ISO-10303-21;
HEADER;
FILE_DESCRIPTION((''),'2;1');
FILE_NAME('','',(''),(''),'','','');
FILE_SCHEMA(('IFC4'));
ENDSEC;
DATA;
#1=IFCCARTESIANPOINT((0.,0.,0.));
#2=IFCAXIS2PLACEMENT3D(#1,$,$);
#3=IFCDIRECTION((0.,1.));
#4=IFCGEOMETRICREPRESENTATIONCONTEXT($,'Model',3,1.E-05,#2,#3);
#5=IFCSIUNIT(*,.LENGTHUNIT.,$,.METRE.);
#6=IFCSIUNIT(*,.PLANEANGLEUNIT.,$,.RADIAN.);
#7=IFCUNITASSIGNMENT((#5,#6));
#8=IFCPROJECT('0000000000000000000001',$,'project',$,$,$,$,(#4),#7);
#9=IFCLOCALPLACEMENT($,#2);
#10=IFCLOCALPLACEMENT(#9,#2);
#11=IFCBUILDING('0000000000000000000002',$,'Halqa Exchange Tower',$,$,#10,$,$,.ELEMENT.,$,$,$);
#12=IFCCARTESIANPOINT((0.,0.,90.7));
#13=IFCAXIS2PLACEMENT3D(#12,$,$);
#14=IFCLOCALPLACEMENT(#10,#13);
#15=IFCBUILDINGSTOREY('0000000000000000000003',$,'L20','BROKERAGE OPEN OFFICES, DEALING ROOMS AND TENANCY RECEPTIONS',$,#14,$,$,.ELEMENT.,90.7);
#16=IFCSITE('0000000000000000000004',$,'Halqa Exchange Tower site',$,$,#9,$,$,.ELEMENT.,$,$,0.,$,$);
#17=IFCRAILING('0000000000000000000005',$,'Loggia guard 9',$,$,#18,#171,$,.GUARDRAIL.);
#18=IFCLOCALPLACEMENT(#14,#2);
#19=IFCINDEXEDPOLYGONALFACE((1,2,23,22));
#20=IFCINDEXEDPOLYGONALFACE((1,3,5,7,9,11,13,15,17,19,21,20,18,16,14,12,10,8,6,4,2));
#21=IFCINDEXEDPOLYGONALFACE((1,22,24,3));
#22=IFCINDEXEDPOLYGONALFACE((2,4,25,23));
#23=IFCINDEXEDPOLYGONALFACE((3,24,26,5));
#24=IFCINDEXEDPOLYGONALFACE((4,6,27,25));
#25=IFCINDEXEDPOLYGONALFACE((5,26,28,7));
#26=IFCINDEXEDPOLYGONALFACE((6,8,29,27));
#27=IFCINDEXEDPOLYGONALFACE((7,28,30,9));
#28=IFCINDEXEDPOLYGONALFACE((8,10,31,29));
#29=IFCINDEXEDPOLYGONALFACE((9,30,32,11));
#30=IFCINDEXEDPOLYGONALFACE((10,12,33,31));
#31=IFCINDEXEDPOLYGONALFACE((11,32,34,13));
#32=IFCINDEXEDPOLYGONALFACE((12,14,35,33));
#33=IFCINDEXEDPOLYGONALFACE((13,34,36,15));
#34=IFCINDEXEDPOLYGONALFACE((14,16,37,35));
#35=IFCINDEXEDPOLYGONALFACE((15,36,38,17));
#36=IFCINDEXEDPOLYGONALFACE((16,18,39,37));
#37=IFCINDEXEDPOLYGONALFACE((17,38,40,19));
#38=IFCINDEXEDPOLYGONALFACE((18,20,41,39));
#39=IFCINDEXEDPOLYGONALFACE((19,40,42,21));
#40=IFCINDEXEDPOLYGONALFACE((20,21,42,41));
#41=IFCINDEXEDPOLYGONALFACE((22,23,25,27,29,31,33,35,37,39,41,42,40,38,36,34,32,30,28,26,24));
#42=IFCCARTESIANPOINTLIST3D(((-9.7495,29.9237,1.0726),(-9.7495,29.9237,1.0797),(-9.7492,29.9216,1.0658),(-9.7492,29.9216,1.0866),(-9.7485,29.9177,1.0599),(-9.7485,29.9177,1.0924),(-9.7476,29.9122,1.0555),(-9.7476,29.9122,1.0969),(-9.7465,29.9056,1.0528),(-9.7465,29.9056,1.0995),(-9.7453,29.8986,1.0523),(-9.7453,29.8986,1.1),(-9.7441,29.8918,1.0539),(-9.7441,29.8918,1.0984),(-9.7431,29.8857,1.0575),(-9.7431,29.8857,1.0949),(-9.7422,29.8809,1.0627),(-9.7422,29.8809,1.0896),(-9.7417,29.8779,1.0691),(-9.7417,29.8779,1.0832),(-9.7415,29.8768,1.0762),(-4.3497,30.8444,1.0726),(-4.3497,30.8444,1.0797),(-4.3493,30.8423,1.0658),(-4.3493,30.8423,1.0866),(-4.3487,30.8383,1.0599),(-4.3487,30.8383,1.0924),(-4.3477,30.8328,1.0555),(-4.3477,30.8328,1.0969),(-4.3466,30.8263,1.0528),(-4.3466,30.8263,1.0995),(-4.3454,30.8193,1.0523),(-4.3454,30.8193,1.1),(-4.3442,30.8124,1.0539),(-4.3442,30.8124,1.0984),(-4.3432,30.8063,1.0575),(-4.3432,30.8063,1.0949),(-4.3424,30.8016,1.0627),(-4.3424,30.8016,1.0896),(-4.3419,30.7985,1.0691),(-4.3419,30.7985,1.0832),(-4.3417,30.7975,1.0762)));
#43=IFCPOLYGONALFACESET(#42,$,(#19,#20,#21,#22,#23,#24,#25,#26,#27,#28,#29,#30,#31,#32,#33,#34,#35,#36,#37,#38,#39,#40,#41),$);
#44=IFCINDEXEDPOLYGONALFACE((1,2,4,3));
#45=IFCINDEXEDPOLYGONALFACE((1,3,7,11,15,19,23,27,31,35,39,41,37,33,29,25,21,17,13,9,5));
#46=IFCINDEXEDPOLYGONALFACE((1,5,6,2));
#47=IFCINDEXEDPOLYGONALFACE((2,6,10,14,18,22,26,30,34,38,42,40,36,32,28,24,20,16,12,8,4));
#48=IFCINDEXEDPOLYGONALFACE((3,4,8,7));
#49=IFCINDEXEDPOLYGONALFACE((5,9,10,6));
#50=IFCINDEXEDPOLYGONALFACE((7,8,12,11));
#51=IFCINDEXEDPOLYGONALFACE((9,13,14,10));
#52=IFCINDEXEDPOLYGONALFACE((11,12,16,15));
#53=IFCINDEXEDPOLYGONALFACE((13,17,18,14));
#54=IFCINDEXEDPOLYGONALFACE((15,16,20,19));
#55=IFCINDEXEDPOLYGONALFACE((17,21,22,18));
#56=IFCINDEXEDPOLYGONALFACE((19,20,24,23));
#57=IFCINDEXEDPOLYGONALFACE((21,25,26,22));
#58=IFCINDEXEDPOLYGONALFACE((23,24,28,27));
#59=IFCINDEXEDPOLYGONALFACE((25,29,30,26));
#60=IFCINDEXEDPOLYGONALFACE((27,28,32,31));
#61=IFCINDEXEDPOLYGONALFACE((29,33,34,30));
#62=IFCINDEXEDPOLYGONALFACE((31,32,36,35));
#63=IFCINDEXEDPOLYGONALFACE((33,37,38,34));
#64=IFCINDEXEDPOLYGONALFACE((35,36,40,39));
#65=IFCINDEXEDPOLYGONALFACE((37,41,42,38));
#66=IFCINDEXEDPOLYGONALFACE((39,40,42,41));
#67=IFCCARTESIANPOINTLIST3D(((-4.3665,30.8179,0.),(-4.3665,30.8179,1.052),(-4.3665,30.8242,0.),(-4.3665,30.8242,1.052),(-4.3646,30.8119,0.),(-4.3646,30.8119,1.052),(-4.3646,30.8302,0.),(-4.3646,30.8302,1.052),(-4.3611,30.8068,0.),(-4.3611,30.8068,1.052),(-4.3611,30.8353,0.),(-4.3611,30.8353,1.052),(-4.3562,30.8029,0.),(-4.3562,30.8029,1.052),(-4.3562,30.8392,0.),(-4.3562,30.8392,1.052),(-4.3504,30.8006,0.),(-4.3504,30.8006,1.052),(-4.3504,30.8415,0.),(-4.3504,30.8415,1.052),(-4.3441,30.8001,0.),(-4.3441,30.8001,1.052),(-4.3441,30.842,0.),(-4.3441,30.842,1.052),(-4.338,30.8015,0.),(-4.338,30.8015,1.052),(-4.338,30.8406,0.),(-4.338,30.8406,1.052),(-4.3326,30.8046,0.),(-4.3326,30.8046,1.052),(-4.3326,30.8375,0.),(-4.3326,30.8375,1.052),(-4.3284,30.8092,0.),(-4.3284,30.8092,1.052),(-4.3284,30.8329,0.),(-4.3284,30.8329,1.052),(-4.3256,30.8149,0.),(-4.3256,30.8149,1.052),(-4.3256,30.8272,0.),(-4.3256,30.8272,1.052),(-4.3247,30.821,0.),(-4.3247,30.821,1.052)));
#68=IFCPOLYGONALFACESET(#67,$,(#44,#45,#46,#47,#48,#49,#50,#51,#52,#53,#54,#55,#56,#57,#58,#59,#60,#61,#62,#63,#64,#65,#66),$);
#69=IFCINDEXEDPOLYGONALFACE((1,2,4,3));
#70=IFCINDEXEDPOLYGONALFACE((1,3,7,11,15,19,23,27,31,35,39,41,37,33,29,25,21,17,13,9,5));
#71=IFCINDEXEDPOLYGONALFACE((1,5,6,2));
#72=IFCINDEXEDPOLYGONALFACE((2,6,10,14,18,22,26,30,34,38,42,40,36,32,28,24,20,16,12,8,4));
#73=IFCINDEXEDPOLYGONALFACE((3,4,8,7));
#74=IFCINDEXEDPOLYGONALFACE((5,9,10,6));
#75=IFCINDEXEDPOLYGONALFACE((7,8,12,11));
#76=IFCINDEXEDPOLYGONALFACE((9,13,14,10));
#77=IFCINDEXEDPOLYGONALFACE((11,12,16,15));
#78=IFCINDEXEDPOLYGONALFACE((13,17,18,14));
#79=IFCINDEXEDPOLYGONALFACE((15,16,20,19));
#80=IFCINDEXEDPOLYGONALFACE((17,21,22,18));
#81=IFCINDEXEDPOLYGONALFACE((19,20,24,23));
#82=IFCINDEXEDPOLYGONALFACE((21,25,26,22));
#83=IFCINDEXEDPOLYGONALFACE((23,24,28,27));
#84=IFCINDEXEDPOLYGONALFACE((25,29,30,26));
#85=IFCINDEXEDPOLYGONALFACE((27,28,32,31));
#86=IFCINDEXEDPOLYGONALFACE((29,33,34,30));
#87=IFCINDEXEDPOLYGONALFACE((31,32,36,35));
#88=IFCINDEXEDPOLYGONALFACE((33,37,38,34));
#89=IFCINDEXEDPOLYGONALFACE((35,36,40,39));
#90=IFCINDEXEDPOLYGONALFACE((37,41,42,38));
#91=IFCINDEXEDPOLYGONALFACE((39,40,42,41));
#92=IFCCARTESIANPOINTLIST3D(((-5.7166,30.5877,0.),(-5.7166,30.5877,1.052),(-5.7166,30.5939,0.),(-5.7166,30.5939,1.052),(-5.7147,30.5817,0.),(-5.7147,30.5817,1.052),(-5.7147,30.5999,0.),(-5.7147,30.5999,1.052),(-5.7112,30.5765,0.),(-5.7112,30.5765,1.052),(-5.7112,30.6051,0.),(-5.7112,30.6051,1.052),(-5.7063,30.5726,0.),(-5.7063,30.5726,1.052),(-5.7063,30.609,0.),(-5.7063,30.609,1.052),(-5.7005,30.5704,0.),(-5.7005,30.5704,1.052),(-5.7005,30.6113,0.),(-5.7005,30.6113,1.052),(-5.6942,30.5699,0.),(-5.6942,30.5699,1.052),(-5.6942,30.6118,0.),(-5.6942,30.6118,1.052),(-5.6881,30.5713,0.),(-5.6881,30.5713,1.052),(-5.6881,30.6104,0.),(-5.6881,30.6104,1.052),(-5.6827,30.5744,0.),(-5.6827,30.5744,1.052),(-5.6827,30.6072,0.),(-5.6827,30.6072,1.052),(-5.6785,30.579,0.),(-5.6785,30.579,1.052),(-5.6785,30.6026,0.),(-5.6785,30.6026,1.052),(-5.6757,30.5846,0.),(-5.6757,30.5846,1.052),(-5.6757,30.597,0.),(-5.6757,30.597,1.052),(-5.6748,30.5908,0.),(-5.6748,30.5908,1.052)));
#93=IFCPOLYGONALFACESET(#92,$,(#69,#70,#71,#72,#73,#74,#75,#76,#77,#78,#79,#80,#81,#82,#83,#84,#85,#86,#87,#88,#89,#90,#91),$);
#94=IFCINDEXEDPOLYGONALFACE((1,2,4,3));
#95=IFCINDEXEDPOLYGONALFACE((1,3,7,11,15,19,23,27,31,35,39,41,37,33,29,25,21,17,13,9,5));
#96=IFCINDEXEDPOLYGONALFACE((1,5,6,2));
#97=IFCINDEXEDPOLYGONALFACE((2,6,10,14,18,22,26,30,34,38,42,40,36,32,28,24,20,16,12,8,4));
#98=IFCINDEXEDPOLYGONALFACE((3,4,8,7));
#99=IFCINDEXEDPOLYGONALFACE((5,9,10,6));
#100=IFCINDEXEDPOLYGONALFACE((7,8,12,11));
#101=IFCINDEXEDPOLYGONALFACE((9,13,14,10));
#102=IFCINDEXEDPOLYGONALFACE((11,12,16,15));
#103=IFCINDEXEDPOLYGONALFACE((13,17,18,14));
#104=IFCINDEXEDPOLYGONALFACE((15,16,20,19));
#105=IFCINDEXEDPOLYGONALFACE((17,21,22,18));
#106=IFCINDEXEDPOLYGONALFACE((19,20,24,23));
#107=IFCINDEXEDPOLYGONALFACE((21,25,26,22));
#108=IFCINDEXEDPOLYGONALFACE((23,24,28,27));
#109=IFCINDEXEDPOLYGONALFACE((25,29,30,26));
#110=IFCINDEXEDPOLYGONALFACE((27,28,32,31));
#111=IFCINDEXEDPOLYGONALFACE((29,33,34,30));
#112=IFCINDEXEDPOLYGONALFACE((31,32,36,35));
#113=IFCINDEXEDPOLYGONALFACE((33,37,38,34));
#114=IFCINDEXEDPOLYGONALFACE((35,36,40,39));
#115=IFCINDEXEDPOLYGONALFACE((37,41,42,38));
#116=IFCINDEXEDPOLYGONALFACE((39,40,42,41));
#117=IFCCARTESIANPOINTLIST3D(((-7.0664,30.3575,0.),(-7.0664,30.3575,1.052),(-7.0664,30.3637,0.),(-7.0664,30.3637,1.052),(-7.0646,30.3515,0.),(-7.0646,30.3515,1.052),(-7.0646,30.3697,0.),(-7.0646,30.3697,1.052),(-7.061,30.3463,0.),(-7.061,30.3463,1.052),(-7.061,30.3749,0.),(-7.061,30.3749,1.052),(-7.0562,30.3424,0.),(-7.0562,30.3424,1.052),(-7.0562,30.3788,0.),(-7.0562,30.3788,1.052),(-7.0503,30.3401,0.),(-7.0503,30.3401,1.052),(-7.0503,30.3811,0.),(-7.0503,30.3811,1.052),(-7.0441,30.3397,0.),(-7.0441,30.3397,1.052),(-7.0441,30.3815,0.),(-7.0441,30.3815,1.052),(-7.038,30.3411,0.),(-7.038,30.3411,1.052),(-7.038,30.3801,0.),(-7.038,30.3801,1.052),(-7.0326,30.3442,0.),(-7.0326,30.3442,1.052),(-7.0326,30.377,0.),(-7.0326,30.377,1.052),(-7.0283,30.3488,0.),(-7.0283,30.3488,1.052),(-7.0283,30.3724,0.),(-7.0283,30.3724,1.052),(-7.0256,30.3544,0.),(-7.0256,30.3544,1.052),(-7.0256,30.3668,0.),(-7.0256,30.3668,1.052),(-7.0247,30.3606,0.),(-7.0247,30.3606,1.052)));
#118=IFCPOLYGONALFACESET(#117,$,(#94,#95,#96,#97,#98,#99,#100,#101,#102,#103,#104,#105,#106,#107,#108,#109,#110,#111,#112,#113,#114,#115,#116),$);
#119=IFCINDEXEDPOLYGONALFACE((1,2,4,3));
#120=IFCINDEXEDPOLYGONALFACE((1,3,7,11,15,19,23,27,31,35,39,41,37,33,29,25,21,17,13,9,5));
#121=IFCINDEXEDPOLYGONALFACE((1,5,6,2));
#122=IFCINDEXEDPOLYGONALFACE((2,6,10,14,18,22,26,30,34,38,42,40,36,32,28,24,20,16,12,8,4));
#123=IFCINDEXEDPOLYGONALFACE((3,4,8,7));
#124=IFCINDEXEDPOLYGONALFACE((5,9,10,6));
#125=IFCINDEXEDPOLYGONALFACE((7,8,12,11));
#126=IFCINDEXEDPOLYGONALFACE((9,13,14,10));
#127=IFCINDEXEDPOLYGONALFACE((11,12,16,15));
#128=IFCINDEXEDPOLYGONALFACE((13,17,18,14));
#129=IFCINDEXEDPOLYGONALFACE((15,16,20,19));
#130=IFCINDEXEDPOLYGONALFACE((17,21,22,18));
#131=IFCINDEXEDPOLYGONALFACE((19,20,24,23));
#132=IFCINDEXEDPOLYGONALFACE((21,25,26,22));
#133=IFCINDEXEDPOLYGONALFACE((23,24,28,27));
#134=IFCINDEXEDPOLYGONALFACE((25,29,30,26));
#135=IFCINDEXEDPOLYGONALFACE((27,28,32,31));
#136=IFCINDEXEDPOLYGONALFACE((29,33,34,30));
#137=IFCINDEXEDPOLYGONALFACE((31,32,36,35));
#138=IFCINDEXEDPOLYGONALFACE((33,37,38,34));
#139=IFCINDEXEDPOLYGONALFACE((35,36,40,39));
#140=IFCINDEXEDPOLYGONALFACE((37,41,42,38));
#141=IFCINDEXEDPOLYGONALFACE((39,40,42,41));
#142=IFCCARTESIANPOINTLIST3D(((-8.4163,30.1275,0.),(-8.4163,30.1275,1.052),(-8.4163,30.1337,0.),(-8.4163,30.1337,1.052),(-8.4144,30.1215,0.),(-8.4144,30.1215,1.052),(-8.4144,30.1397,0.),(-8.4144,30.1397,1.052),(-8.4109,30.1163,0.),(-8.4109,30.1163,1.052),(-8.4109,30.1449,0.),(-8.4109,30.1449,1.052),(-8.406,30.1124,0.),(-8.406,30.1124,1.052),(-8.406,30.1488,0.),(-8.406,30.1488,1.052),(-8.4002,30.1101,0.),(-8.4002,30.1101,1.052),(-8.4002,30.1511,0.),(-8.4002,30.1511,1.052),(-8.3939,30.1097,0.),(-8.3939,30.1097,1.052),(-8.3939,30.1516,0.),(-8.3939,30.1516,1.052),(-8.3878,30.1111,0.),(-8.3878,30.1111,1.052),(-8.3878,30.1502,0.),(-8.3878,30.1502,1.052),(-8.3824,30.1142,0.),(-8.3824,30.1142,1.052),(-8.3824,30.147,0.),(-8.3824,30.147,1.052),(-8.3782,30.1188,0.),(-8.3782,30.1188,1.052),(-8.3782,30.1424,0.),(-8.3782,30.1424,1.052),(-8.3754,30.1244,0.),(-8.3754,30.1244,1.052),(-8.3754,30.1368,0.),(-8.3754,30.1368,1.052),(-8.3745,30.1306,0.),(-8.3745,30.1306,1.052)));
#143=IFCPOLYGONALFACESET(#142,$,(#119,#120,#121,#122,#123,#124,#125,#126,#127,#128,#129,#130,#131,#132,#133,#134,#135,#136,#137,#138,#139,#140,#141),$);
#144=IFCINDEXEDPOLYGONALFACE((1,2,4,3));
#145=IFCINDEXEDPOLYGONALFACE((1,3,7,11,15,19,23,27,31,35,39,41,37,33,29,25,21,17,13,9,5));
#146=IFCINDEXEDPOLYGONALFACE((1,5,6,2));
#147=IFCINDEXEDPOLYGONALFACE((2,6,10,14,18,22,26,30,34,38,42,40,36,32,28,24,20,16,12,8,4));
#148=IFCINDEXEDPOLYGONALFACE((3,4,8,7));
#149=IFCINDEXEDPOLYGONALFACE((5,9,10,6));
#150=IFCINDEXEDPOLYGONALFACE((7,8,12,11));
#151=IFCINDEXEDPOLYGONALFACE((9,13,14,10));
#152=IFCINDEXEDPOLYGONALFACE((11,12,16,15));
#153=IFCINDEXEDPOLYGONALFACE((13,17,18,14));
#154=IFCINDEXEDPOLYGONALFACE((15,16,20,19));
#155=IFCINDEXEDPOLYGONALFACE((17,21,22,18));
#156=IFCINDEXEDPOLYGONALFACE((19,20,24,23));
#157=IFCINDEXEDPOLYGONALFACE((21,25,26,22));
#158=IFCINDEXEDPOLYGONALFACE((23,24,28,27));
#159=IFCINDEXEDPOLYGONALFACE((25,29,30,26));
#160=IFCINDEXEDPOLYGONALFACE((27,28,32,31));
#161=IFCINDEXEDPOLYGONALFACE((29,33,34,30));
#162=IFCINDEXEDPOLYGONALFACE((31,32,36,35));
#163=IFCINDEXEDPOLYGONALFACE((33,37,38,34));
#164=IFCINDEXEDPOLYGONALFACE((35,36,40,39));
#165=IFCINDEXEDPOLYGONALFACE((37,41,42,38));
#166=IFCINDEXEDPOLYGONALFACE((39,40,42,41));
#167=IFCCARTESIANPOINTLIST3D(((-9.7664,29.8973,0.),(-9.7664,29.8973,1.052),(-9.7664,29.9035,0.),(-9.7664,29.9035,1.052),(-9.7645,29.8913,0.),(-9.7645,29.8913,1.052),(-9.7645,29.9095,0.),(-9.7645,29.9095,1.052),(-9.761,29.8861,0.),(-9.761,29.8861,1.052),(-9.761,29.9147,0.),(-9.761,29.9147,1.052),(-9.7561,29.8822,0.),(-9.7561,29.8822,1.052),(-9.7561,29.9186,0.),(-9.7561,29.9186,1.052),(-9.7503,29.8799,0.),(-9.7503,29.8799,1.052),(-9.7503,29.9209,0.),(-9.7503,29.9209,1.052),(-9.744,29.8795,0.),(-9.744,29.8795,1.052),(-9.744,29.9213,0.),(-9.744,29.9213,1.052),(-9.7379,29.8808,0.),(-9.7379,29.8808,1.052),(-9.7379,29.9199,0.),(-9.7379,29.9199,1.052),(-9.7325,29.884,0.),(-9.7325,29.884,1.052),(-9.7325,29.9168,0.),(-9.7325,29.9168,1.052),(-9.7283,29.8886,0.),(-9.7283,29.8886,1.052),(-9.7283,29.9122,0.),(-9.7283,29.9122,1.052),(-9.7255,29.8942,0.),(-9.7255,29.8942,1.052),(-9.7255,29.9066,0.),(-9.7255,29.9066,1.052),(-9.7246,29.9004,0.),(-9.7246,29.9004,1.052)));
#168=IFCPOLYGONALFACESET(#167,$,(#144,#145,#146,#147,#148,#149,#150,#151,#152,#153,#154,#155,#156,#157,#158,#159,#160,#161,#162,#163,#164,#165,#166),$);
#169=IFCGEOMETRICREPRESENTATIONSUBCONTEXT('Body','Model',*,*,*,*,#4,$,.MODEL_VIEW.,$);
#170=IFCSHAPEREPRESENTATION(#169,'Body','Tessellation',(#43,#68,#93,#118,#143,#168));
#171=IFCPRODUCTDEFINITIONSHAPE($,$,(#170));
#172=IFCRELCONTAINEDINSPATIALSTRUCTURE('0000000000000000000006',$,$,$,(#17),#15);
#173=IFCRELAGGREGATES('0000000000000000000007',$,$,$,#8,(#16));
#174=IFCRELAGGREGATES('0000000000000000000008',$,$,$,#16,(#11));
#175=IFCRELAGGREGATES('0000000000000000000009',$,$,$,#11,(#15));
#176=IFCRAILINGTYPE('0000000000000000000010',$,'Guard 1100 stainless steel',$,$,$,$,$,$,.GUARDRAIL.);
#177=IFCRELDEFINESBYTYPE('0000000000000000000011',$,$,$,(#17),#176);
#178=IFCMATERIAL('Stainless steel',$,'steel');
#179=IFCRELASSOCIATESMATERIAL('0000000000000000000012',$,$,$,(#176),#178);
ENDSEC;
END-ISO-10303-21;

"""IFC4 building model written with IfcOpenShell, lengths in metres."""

from ifc_helpers import new_model, si_unit, direction, frame, origin, origin_2d, place, context, subcontext, project, spatial, circle, extrude, material, type_object, element, save


model = new_model("IFC4")

# Units and contexts
model_context = context("Model", 3, precision=1e-05, world=origin(), true_north=direction((0.0, 1.0)))
body_context = subcontext(model_context, "Body", "Model", "MODEL_VIEW")
ifc_project = project(units=[si_unit("LENGTHUNIT", "METRE"), si_unit("PLANEANGLEUNIT", "RADIAN")], contexts=[model_context])

# Site, building, storey
site_placement = place(None, origin())
site = spatial("IfcSite", under=ifc_project, at=site_placement, Name="Halqa Exchange Tower site", CompositionType="ELEMENT", RefElevation=0.0)
building_placement = place(site_placement, origin())
building = spatial("IfcBuilding", under=site, at=building_placement, Name="Halqa Exchange Tower", CompositionType="ELEMENT")
storey_placement = place(building_placement, frame((0.0, 0.0, 90.7)))
storey = spatial("IfcBuildingStorey", under=building, at=storey_placement, Name="L20", Description="BROKERAGE OPEN OFFICES, DEALING ROOMS AND TENANCY RECEPTIONS", CompositionType="ELEMENT", Elevation=90.7)

# Railing
ifc_material_1 = material(Name="Stainless steel", Category="steel")
railing_type_1 = type_object("IfcRailingType", Name="Guard 1100 stainless steel", PredefinedType="GUARDRAIL", material=ifc_material_1)
railing_1_placement = place(storey_placement, frame((-4.3457, 30.821, 0.0)))
element("IfcRailing", 1, at=railing_1_placement, inside=storey, type_object=railing_type_1, Name="Loggia guard 9", PredefinedType="GUARDRAIL", context=body_context, shape_type="SweptSolid", body=[
    extrude(circle(Radius=0.0239, at=origin_2d()), frame((0.0, 0.0, 1.0762), z_axis=(-0.985775, -0.168069, 0.0), x_axis=(0.168069, -0.985775, 0.0)), (0.0, 0.0, 1.0), 5.4778),
    extrude(circle(Radius=0.021, at=origin_2d()), origin(), (0.0, 0.0, 1.0), 1.052),
    extrude(circle(Radius=0.021, at=origin_2d()), frame((-1.3501, -0.2302, 0.0)), (0.0, 0.0, 1.0), 1.052),
    extrude(circle(Radius=0.021, at=origin_2d()), frame((-2.7, -0.4604, 0.0)), (0.0, 0.0, 1.0), 1.052),
    extrude(circle(Radius=0.021, at=origin_2d()), frame((-4.0498, -0.6904, 0.0)), (0.0, 0.0, 1.0), 1.052),
    extrude(circle(Radius=0.021, at=origin_2d()), frame((-5.3999, -0.9207, 0.0)), (0.0, 0.0, 1.0), 1.052),
])

save(model, "model.ifc")
